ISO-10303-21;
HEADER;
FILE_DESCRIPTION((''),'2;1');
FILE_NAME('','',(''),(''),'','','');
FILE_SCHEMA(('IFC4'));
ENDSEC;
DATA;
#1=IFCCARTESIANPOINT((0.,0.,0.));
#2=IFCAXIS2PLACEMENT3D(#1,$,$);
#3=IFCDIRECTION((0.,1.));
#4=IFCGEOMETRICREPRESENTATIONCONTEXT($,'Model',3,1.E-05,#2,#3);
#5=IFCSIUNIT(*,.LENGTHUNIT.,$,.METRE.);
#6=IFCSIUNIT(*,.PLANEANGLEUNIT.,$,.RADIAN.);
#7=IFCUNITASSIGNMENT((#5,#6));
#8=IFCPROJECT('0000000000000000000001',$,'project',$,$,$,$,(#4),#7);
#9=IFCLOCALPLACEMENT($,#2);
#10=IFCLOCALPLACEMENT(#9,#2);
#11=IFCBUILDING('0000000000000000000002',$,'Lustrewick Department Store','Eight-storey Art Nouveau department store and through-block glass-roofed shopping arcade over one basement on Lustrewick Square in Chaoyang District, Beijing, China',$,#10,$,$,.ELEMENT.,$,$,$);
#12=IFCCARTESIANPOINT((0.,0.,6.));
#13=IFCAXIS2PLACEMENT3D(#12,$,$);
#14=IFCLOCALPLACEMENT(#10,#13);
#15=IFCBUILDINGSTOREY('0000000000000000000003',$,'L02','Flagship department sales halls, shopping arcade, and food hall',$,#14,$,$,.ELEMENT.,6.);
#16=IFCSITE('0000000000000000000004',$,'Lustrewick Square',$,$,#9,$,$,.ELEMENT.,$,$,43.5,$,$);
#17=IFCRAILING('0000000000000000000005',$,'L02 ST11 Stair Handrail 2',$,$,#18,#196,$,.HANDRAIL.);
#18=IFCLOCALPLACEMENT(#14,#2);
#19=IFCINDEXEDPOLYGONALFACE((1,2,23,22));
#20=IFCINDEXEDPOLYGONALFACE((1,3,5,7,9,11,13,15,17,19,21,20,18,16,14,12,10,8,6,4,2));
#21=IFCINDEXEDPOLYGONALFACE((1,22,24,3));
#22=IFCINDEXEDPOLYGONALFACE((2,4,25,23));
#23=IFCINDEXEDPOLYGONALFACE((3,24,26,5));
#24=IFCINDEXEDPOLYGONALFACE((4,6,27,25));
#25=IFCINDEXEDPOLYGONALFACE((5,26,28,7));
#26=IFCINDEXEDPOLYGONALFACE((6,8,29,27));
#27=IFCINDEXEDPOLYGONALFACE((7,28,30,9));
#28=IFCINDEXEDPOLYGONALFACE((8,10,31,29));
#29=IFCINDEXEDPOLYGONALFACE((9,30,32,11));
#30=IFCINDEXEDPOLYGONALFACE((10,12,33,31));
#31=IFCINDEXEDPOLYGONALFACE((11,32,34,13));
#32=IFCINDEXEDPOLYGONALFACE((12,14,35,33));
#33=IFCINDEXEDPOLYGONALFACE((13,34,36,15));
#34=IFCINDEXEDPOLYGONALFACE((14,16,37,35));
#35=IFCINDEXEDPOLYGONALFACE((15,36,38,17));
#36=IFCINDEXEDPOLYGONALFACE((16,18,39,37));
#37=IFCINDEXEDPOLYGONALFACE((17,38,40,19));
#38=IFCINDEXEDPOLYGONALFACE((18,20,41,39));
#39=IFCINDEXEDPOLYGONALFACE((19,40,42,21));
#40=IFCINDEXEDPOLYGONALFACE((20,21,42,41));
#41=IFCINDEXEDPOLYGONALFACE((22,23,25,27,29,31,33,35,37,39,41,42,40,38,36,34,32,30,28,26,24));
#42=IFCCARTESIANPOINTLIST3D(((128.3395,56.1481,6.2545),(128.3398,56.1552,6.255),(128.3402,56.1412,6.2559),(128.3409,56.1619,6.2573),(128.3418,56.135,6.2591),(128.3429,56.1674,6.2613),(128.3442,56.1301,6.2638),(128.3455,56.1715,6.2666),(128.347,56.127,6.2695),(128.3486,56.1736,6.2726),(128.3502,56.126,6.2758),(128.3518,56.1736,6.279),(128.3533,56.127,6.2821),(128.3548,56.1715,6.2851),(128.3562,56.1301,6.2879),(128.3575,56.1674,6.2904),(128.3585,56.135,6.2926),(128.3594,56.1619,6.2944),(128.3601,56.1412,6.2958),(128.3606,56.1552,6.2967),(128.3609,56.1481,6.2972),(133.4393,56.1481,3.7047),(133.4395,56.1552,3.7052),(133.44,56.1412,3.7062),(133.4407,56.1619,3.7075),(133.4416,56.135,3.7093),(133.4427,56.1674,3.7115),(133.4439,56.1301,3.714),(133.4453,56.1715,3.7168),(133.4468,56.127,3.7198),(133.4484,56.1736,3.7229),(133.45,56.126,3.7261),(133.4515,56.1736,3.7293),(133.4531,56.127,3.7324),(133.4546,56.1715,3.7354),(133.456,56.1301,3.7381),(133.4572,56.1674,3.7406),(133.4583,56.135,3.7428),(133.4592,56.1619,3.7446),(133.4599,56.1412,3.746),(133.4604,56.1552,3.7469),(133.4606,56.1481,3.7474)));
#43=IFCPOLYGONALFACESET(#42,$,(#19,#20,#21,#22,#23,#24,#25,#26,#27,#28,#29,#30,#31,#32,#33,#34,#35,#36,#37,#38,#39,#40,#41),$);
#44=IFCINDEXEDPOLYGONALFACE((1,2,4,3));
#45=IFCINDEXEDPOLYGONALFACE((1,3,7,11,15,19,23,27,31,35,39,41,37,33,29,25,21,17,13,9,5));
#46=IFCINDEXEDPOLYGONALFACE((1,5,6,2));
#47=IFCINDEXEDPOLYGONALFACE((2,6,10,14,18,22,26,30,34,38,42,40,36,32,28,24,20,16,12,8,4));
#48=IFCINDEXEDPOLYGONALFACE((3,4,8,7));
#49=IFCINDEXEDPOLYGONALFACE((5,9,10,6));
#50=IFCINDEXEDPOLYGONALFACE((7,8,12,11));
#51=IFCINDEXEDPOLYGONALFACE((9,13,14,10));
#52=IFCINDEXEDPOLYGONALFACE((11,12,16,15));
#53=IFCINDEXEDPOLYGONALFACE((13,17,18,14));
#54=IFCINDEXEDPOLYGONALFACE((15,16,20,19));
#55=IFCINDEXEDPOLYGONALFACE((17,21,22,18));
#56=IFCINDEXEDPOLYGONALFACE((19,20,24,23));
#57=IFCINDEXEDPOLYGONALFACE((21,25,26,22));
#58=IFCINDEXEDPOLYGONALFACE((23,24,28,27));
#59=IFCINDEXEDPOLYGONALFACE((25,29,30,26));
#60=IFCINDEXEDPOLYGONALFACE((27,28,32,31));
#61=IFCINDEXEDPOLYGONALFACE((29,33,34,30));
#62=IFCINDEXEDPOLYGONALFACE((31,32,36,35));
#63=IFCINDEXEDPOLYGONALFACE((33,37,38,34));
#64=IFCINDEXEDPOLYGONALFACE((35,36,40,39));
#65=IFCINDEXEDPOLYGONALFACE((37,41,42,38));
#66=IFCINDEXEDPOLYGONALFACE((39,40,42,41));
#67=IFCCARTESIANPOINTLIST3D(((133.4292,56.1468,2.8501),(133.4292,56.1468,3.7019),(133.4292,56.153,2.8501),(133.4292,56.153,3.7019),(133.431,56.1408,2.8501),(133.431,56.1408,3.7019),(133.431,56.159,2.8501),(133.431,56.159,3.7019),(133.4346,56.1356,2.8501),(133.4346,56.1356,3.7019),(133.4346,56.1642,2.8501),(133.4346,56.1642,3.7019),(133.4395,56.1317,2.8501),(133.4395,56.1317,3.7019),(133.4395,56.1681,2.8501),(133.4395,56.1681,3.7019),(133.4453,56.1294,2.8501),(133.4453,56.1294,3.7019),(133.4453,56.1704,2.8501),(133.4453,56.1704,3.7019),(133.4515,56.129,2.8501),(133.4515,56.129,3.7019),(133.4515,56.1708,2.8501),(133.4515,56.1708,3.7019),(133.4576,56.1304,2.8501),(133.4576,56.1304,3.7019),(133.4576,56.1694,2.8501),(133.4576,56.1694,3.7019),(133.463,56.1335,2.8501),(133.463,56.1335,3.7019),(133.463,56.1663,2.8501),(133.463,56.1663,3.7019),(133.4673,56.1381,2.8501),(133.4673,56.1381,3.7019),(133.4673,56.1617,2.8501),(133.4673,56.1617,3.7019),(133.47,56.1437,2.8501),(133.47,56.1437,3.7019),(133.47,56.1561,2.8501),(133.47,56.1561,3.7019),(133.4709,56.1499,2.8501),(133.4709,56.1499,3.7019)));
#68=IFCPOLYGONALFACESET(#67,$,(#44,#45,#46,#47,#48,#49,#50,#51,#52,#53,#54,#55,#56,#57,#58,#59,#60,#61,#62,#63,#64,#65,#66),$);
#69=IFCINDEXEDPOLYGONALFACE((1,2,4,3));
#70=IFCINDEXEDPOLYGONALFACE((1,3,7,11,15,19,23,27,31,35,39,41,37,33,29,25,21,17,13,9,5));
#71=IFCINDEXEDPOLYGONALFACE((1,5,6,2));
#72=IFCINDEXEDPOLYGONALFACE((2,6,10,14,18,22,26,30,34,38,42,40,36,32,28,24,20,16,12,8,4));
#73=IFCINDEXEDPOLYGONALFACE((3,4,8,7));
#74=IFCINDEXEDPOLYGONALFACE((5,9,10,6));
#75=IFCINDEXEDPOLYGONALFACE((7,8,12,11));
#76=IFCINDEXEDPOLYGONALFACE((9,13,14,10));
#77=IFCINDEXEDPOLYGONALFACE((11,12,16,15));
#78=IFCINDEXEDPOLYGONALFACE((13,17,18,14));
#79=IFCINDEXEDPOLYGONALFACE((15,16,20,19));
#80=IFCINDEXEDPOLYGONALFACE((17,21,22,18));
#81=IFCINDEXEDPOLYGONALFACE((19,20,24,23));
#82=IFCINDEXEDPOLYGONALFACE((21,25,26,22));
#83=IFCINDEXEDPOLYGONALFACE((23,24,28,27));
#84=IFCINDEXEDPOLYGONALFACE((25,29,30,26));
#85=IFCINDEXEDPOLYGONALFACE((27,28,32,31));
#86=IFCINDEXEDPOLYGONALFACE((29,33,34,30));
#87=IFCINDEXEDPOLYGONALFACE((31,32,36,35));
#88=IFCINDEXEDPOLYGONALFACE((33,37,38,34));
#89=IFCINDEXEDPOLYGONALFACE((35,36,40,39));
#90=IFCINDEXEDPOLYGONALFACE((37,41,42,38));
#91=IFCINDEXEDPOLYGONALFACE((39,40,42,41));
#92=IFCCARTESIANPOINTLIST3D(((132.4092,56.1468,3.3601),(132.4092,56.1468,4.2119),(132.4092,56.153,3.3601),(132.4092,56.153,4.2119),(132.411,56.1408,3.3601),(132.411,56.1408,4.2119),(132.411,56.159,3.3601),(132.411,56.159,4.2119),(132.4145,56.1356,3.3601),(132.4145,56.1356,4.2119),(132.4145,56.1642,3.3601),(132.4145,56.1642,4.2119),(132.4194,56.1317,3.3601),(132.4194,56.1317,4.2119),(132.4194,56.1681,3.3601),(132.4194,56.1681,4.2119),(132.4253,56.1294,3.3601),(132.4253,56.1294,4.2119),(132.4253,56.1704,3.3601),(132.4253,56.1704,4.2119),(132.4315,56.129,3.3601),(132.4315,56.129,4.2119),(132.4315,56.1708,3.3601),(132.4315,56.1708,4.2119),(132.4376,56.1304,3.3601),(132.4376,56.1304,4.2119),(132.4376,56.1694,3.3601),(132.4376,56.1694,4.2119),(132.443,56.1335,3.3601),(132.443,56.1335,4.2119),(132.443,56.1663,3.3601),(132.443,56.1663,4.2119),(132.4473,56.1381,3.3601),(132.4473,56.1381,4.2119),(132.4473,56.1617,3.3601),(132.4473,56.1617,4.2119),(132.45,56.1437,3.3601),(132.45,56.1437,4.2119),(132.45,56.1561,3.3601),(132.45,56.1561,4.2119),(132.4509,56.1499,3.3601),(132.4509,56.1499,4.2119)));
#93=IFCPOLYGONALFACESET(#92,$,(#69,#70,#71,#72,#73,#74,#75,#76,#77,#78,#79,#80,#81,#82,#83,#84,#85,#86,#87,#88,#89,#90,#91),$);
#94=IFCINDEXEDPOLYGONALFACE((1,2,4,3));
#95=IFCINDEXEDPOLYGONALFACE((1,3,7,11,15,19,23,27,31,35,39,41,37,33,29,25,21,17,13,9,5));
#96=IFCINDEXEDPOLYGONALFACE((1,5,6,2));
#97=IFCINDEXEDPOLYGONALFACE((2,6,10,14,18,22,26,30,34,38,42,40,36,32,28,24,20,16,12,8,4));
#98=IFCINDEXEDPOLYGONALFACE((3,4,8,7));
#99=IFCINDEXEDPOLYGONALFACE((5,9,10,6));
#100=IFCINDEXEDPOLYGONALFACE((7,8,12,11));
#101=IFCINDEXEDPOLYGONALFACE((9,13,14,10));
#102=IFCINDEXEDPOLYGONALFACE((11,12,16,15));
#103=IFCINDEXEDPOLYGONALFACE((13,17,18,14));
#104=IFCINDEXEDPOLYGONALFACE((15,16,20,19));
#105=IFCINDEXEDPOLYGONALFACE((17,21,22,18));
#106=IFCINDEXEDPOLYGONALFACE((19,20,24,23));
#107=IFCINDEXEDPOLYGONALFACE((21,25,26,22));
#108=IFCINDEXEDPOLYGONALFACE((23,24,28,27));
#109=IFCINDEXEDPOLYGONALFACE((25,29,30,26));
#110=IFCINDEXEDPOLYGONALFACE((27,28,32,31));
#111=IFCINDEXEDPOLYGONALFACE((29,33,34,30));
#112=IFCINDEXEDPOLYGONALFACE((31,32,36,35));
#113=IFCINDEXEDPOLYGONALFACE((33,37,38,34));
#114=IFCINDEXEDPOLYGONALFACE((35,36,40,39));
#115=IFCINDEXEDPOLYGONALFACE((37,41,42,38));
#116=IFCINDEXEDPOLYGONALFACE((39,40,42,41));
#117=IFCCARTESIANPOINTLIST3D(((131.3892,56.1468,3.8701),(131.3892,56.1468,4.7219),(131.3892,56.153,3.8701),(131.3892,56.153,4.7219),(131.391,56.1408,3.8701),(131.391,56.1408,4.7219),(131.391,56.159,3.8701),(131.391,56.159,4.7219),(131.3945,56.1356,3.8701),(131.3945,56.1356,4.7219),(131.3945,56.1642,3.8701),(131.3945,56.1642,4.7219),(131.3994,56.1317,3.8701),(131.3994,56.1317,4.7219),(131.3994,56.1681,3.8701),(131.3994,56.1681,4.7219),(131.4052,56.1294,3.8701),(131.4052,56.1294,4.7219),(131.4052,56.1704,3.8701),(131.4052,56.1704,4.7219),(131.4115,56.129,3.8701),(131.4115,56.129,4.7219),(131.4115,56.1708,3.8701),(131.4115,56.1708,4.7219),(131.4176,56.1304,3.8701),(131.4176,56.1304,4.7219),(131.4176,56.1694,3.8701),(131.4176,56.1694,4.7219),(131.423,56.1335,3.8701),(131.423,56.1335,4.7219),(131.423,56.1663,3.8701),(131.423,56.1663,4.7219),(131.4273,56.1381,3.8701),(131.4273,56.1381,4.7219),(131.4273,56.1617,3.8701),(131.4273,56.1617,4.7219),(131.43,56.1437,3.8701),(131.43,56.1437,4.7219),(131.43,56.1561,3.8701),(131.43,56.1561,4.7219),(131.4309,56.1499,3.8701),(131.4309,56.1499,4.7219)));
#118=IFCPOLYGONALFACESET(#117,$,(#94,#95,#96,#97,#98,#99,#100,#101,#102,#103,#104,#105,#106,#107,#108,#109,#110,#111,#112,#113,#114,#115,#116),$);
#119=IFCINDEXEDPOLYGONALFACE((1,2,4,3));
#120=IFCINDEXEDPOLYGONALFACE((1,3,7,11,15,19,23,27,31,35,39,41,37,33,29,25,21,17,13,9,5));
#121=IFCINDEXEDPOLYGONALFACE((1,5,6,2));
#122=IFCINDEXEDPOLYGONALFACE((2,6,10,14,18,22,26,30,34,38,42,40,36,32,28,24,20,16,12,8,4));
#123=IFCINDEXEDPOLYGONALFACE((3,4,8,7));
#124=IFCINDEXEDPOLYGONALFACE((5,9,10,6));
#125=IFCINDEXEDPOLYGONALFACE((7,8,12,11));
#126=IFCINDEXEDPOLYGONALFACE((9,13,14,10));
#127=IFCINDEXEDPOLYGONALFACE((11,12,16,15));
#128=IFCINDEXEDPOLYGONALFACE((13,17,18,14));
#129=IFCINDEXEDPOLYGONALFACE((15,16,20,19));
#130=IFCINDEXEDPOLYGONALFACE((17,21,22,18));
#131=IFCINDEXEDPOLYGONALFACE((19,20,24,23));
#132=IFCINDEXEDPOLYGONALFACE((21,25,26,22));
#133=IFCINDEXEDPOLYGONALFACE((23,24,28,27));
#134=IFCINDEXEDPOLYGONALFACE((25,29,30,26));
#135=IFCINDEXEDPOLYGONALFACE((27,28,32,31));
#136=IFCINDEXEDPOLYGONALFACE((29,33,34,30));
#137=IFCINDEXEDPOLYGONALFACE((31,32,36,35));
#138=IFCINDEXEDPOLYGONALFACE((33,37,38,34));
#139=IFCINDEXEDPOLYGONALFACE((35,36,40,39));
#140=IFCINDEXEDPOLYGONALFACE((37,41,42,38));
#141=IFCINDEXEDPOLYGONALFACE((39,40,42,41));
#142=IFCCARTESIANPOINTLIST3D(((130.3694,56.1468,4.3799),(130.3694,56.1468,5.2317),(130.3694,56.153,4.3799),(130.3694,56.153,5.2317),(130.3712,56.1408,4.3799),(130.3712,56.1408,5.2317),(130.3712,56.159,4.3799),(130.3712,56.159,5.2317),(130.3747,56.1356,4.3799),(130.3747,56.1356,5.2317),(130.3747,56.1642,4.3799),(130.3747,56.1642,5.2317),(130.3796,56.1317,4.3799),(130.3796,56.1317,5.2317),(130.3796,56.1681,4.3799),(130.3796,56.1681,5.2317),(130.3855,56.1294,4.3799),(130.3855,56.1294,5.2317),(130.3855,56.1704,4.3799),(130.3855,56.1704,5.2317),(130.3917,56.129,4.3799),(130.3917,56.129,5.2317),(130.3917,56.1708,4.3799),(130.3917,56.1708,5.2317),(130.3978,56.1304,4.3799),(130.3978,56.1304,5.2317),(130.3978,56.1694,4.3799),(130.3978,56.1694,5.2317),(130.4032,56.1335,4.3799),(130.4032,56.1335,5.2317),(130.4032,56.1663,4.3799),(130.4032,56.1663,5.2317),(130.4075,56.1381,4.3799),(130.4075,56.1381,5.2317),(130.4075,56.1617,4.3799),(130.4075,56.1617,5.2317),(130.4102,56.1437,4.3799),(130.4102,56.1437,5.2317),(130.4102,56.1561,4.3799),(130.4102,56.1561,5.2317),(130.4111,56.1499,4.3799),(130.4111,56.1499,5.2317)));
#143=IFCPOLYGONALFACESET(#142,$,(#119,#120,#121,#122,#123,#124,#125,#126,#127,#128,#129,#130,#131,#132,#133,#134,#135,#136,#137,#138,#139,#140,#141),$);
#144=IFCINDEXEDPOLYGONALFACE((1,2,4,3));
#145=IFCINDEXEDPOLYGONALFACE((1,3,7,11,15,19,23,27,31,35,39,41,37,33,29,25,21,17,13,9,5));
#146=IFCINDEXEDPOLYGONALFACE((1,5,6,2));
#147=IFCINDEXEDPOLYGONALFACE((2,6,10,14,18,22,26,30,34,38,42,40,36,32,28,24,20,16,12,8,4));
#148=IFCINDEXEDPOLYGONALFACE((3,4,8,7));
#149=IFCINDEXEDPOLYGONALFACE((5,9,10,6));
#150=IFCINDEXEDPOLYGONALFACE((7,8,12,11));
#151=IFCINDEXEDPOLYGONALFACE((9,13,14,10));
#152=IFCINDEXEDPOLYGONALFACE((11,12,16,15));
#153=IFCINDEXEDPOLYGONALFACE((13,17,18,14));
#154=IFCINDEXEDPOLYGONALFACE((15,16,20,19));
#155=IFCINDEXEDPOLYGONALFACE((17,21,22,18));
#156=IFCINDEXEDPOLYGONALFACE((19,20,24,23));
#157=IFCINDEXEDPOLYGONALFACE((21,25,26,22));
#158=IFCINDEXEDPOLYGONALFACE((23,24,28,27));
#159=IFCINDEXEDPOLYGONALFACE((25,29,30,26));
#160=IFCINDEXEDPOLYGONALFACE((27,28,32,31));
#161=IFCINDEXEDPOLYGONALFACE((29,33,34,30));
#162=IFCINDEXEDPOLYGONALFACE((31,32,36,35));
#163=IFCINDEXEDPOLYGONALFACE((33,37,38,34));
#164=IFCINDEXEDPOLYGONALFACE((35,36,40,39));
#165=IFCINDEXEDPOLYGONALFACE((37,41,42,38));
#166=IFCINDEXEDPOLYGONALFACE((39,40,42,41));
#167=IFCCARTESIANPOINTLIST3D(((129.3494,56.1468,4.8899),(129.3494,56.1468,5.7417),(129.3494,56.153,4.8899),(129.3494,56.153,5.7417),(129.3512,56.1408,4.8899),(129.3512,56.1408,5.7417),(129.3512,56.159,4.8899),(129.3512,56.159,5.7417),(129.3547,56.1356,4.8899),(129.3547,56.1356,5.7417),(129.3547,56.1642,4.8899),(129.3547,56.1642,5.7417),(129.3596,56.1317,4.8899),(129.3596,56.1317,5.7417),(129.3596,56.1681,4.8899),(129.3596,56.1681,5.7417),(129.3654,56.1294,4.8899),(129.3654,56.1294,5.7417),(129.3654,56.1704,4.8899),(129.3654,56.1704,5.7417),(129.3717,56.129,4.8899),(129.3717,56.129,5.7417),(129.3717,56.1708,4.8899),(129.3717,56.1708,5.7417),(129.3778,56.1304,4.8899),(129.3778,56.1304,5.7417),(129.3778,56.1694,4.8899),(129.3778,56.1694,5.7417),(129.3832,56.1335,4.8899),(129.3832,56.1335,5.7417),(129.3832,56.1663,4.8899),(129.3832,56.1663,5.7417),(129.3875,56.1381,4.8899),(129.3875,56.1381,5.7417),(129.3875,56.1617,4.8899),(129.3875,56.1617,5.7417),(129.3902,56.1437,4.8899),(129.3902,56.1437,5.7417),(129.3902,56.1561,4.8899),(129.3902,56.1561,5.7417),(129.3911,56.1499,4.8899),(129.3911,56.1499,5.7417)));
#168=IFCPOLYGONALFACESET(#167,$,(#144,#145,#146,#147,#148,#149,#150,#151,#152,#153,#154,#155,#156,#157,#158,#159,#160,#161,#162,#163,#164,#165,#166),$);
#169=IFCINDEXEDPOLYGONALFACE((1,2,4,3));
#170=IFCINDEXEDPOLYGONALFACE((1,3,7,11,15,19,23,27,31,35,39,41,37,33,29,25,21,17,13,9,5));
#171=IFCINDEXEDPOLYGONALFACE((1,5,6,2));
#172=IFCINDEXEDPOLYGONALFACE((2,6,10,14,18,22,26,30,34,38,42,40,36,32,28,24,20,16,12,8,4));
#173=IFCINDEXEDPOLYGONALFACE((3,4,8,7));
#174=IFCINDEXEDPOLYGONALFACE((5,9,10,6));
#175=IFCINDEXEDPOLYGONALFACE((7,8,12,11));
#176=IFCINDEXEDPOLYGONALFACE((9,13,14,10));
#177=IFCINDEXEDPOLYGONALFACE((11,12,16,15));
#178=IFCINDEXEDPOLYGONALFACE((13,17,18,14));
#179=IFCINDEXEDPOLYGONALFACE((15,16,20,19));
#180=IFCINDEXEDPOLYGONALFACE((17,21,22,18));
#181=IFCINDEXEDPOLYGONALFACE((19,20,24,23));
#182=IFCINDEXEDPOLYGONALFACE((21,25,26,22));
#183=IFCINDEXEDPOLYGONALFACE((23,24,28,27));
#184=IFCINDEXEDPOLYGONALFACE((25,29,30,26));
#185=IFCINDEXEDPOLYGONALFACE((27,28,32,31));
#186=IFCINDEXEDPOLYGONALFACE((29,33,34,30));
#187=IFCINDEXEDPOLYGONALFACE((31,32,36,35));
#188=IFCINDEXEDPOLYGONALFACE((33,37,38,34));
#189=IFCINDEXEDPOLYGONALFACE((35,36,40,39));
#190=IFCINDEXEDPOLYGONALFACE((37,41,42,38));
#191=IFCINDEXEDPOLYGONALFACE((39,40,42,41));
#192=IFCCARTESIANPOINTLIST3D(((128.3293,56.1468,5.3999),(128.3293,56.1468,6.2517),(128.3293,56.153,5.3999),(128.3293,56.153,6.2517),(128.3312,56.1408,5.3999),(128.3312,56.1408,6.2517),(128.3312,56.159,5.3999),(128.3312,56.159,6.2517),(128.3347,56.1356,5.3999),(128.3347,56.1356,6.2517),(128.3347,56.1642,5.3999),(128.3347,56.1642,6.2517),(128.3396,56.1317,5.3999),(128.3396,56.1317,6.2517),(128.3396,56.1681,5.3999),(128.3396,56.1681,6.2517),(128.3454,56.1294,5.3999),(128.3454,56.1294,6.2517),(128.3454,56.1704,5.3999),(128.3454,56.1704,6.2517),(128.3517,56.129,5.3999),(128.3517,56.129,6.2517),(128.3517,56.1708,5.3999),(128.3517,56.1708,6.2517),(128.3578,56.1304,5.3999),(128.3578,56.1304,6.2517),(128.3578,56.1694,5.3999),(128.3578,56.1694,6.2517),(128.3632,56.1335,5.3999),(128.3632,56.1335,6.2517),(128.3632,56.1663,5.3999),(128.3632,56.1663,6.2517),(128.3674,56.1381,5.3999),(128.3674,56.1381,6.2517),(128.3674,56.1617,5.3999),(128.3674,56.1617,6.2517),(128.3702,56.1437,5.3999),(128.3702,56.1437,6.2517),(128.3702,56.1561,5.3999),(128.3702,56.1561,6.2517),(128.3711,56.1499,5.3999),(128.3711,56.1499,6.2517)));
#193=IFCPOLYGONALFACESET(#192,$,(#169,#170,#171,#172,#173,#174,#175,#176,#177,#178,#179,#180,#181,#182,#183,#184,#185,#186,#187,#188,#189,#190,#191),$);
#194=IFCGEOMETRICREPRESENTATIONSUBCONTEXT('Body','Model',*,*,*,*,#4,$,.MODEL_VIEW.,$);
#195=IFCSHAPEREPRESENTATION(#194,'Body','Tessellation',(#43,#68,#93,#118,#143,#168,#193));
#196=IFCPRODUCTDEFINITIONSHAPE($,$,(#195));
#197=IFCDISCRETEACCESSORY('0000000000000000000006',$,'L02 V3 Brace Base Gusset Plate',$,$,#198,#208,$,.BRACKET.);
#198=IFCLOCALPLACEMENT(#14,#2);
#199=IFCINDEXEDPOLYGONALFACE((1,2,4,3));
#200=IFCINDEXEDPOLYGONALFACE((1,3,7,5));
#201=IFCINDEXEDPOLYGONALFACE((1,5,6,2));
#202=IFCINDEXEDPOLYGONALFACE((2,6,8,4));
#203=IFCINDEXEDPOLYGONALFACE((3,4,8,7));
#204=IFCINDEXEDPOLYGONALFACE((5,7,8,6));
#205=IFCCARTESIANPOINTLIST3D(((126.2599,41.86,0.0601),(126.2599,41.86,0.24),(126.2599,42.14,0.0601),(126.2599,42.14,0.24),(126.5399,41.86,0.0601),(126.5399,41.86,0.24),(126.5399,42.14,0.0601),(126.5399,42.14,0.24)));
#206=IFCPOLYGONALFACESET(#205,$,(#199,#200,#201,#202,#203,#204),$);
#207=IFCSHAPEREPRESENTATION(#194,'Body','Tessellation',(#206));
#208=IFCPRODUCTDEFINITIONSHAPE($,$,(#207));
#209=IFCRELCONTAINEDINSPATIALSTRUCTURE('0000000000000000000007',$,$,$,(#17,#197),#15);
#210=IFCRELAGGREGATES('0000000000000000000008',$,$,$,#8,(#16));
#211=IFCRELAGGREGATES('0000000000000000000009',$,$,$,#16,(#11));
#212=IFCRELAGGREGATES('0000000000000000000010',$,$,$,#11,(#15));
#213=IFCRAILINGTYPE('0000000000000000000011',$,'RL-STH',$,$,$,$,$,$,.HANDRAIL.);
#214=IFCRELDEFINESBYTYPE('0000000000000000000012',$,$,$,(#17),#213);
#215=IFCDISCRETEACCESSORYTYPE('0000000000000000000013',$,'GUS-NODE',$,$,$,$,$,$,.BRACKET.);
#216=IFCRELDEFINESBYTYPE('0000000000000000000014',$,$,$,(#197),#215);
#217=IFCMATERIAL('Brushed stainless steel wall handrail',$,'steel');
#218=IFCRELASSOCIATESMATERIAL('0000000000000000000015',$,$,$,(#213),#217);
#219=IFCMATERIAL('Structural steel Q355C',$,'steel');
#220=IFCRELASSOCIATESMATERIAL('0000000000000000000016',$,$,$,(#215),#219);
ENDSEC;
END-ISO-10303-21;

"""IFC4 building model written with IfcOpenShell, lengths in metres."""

from ifc_helpers import new_model, si_unit, direction, frame, origin, origin_2d, place, context, subcontext, project, spatial, rectangle, circle, extrude, material, type_object, element, save


model = new_model("IFC4")

# Units and contexts
model_context = context("Model", 3, precision=1e-05, world=origin(), true_north=direction((0.0, 1.0)))
body_context = subcontext(model_context, "Body", "Model", "MODEL_VIEW")
ifc_project = project(units=[si_unit("LENGTHUNIT", "METRE"), si_unit("PLANEANGLEUNIT", "RADIAN")], contexts=[model_context])

# Site, building, storey
site_placement = place(None, origin())
site = spatial("IfcSite", under=ifc_project, at=site_placement, Name="Lustrewick Square", CompositionType="ELEMENT", RefElevation=43.5)
building_placement = place(site_placement, origin())
building = spatial("IfcBuilding", under=site, at=building_placement, Name="Lustrewick Department Store", Description="Eight-storey Art Nouveau department store and through-block glass-roofed shopping arcade over one basement on Lustrewick Square in Chaoyang District, Beijing, China", CompositionType="ELEMENT")
storey_placement = place(building_placement, frame((0.0, 0.0, 6.0)))
storey = spatial("IfcBuildingStorey", under=building, at=storey_placement, Name="L02", Description="Flagship department sales halls, shopping arcade, and food hall", CompositionType="ELEMENT", Elevation=6.0)

# Shared definitions
ifc_material_1 = material(Name="Structural steel Q355C", Category="steel")

# Railing
ifc_material_2 = material(Name="Brushed stainless steel wall handrail", Category="steel")
railing_type_1 = type_object("IfcRailingType", Name="RL-STH", PredefinedType="HANDRAIL", material=ifc_material_2)
railing_1_placement = place(storey_placement, frame((133.45, 56.1499, 2.8501)))
element("IfcRailing", 1, at=railing_1_placement, inside=storey, type_object=railing_type_1, Name="L02 ST11 Stair Handrail 2", PredefinedType="HANDRAIL", context=body_context, shape_type="SweptSolid", body=[
    extrude(circle(Radius=0.0239, at=origin_2d()), frame((0.0, 0.0, 0.876), z_axis=(-0.894436, 0.0, 0.447196), x_axis=(0.0, -1.0, 0.0)), (0.0, 0.0, 1.0), 5.7017),
    extrude(circle(Radius=0.021, at=origin_2d()), origin(), (0.0, 0.0, 1.0), 0.8518),
    extrude(circle(Radius=0.021, at=origin_2d()), frame((-1.02, 0.0, 0.51)), (0.0, 0.0, 1.0), 0.8518),
    extrude(circle(Radius=0.021, at=origin_2d()), frame((-2.04, 0.0, 1.02)), (0.0, 0.0, 1.0), 0.8518),
    extrude(circle(Radius=0.021, at=origin_2d()), frame((-3.0598, 0.0, 1.5298)), (0.0, 0.0, 1.0), 0.8518),
    extrude(circle(Radius=0.021, at=origin_2d()), frame((-4.0798, 0.0, 2.0398)), (0.0, 0.0, 1.0), 0.8518),
    extrude(circle(Radius=0.021, at=origin_2d()), frame((-5.0999, 0.0, 2.5498)), (0.0, 0.0, 1.0), 0.8518),
])

# Discrete accessory
discrete_accessory_type_1 = type_object("IfcDiscreteAccessoryType", Name="GUS-NODE", PredefinedType="BRACKET", material=ifc_material_1)
for number, where, z_axis, x_axis, name in (
    (2, (126.3999, 42.0, 0.0601), (0.0, 0.0, 1.0), (1.0, 0.0, 0.0), "L02 V3 Brace Base Gusset Plate"),
):
    element("IfcDiscreteAccessory", number, at=place(storey_placement, frame(where, z_axis=z_axis, x_axis=x_axis)), inside=storey, type_object=discrete_accessory_type_1, Name=name, PredefinedType="BRACKET", context=body_context, shape_type="SweptSolid", body=[
        extrude(rectangle(XDim=0.28, YDim=0.28, at=origin_2d()), origin(), (0.0, 0.0, 1.0), 0.1799),
    ])

save(model, "model.ifc")
